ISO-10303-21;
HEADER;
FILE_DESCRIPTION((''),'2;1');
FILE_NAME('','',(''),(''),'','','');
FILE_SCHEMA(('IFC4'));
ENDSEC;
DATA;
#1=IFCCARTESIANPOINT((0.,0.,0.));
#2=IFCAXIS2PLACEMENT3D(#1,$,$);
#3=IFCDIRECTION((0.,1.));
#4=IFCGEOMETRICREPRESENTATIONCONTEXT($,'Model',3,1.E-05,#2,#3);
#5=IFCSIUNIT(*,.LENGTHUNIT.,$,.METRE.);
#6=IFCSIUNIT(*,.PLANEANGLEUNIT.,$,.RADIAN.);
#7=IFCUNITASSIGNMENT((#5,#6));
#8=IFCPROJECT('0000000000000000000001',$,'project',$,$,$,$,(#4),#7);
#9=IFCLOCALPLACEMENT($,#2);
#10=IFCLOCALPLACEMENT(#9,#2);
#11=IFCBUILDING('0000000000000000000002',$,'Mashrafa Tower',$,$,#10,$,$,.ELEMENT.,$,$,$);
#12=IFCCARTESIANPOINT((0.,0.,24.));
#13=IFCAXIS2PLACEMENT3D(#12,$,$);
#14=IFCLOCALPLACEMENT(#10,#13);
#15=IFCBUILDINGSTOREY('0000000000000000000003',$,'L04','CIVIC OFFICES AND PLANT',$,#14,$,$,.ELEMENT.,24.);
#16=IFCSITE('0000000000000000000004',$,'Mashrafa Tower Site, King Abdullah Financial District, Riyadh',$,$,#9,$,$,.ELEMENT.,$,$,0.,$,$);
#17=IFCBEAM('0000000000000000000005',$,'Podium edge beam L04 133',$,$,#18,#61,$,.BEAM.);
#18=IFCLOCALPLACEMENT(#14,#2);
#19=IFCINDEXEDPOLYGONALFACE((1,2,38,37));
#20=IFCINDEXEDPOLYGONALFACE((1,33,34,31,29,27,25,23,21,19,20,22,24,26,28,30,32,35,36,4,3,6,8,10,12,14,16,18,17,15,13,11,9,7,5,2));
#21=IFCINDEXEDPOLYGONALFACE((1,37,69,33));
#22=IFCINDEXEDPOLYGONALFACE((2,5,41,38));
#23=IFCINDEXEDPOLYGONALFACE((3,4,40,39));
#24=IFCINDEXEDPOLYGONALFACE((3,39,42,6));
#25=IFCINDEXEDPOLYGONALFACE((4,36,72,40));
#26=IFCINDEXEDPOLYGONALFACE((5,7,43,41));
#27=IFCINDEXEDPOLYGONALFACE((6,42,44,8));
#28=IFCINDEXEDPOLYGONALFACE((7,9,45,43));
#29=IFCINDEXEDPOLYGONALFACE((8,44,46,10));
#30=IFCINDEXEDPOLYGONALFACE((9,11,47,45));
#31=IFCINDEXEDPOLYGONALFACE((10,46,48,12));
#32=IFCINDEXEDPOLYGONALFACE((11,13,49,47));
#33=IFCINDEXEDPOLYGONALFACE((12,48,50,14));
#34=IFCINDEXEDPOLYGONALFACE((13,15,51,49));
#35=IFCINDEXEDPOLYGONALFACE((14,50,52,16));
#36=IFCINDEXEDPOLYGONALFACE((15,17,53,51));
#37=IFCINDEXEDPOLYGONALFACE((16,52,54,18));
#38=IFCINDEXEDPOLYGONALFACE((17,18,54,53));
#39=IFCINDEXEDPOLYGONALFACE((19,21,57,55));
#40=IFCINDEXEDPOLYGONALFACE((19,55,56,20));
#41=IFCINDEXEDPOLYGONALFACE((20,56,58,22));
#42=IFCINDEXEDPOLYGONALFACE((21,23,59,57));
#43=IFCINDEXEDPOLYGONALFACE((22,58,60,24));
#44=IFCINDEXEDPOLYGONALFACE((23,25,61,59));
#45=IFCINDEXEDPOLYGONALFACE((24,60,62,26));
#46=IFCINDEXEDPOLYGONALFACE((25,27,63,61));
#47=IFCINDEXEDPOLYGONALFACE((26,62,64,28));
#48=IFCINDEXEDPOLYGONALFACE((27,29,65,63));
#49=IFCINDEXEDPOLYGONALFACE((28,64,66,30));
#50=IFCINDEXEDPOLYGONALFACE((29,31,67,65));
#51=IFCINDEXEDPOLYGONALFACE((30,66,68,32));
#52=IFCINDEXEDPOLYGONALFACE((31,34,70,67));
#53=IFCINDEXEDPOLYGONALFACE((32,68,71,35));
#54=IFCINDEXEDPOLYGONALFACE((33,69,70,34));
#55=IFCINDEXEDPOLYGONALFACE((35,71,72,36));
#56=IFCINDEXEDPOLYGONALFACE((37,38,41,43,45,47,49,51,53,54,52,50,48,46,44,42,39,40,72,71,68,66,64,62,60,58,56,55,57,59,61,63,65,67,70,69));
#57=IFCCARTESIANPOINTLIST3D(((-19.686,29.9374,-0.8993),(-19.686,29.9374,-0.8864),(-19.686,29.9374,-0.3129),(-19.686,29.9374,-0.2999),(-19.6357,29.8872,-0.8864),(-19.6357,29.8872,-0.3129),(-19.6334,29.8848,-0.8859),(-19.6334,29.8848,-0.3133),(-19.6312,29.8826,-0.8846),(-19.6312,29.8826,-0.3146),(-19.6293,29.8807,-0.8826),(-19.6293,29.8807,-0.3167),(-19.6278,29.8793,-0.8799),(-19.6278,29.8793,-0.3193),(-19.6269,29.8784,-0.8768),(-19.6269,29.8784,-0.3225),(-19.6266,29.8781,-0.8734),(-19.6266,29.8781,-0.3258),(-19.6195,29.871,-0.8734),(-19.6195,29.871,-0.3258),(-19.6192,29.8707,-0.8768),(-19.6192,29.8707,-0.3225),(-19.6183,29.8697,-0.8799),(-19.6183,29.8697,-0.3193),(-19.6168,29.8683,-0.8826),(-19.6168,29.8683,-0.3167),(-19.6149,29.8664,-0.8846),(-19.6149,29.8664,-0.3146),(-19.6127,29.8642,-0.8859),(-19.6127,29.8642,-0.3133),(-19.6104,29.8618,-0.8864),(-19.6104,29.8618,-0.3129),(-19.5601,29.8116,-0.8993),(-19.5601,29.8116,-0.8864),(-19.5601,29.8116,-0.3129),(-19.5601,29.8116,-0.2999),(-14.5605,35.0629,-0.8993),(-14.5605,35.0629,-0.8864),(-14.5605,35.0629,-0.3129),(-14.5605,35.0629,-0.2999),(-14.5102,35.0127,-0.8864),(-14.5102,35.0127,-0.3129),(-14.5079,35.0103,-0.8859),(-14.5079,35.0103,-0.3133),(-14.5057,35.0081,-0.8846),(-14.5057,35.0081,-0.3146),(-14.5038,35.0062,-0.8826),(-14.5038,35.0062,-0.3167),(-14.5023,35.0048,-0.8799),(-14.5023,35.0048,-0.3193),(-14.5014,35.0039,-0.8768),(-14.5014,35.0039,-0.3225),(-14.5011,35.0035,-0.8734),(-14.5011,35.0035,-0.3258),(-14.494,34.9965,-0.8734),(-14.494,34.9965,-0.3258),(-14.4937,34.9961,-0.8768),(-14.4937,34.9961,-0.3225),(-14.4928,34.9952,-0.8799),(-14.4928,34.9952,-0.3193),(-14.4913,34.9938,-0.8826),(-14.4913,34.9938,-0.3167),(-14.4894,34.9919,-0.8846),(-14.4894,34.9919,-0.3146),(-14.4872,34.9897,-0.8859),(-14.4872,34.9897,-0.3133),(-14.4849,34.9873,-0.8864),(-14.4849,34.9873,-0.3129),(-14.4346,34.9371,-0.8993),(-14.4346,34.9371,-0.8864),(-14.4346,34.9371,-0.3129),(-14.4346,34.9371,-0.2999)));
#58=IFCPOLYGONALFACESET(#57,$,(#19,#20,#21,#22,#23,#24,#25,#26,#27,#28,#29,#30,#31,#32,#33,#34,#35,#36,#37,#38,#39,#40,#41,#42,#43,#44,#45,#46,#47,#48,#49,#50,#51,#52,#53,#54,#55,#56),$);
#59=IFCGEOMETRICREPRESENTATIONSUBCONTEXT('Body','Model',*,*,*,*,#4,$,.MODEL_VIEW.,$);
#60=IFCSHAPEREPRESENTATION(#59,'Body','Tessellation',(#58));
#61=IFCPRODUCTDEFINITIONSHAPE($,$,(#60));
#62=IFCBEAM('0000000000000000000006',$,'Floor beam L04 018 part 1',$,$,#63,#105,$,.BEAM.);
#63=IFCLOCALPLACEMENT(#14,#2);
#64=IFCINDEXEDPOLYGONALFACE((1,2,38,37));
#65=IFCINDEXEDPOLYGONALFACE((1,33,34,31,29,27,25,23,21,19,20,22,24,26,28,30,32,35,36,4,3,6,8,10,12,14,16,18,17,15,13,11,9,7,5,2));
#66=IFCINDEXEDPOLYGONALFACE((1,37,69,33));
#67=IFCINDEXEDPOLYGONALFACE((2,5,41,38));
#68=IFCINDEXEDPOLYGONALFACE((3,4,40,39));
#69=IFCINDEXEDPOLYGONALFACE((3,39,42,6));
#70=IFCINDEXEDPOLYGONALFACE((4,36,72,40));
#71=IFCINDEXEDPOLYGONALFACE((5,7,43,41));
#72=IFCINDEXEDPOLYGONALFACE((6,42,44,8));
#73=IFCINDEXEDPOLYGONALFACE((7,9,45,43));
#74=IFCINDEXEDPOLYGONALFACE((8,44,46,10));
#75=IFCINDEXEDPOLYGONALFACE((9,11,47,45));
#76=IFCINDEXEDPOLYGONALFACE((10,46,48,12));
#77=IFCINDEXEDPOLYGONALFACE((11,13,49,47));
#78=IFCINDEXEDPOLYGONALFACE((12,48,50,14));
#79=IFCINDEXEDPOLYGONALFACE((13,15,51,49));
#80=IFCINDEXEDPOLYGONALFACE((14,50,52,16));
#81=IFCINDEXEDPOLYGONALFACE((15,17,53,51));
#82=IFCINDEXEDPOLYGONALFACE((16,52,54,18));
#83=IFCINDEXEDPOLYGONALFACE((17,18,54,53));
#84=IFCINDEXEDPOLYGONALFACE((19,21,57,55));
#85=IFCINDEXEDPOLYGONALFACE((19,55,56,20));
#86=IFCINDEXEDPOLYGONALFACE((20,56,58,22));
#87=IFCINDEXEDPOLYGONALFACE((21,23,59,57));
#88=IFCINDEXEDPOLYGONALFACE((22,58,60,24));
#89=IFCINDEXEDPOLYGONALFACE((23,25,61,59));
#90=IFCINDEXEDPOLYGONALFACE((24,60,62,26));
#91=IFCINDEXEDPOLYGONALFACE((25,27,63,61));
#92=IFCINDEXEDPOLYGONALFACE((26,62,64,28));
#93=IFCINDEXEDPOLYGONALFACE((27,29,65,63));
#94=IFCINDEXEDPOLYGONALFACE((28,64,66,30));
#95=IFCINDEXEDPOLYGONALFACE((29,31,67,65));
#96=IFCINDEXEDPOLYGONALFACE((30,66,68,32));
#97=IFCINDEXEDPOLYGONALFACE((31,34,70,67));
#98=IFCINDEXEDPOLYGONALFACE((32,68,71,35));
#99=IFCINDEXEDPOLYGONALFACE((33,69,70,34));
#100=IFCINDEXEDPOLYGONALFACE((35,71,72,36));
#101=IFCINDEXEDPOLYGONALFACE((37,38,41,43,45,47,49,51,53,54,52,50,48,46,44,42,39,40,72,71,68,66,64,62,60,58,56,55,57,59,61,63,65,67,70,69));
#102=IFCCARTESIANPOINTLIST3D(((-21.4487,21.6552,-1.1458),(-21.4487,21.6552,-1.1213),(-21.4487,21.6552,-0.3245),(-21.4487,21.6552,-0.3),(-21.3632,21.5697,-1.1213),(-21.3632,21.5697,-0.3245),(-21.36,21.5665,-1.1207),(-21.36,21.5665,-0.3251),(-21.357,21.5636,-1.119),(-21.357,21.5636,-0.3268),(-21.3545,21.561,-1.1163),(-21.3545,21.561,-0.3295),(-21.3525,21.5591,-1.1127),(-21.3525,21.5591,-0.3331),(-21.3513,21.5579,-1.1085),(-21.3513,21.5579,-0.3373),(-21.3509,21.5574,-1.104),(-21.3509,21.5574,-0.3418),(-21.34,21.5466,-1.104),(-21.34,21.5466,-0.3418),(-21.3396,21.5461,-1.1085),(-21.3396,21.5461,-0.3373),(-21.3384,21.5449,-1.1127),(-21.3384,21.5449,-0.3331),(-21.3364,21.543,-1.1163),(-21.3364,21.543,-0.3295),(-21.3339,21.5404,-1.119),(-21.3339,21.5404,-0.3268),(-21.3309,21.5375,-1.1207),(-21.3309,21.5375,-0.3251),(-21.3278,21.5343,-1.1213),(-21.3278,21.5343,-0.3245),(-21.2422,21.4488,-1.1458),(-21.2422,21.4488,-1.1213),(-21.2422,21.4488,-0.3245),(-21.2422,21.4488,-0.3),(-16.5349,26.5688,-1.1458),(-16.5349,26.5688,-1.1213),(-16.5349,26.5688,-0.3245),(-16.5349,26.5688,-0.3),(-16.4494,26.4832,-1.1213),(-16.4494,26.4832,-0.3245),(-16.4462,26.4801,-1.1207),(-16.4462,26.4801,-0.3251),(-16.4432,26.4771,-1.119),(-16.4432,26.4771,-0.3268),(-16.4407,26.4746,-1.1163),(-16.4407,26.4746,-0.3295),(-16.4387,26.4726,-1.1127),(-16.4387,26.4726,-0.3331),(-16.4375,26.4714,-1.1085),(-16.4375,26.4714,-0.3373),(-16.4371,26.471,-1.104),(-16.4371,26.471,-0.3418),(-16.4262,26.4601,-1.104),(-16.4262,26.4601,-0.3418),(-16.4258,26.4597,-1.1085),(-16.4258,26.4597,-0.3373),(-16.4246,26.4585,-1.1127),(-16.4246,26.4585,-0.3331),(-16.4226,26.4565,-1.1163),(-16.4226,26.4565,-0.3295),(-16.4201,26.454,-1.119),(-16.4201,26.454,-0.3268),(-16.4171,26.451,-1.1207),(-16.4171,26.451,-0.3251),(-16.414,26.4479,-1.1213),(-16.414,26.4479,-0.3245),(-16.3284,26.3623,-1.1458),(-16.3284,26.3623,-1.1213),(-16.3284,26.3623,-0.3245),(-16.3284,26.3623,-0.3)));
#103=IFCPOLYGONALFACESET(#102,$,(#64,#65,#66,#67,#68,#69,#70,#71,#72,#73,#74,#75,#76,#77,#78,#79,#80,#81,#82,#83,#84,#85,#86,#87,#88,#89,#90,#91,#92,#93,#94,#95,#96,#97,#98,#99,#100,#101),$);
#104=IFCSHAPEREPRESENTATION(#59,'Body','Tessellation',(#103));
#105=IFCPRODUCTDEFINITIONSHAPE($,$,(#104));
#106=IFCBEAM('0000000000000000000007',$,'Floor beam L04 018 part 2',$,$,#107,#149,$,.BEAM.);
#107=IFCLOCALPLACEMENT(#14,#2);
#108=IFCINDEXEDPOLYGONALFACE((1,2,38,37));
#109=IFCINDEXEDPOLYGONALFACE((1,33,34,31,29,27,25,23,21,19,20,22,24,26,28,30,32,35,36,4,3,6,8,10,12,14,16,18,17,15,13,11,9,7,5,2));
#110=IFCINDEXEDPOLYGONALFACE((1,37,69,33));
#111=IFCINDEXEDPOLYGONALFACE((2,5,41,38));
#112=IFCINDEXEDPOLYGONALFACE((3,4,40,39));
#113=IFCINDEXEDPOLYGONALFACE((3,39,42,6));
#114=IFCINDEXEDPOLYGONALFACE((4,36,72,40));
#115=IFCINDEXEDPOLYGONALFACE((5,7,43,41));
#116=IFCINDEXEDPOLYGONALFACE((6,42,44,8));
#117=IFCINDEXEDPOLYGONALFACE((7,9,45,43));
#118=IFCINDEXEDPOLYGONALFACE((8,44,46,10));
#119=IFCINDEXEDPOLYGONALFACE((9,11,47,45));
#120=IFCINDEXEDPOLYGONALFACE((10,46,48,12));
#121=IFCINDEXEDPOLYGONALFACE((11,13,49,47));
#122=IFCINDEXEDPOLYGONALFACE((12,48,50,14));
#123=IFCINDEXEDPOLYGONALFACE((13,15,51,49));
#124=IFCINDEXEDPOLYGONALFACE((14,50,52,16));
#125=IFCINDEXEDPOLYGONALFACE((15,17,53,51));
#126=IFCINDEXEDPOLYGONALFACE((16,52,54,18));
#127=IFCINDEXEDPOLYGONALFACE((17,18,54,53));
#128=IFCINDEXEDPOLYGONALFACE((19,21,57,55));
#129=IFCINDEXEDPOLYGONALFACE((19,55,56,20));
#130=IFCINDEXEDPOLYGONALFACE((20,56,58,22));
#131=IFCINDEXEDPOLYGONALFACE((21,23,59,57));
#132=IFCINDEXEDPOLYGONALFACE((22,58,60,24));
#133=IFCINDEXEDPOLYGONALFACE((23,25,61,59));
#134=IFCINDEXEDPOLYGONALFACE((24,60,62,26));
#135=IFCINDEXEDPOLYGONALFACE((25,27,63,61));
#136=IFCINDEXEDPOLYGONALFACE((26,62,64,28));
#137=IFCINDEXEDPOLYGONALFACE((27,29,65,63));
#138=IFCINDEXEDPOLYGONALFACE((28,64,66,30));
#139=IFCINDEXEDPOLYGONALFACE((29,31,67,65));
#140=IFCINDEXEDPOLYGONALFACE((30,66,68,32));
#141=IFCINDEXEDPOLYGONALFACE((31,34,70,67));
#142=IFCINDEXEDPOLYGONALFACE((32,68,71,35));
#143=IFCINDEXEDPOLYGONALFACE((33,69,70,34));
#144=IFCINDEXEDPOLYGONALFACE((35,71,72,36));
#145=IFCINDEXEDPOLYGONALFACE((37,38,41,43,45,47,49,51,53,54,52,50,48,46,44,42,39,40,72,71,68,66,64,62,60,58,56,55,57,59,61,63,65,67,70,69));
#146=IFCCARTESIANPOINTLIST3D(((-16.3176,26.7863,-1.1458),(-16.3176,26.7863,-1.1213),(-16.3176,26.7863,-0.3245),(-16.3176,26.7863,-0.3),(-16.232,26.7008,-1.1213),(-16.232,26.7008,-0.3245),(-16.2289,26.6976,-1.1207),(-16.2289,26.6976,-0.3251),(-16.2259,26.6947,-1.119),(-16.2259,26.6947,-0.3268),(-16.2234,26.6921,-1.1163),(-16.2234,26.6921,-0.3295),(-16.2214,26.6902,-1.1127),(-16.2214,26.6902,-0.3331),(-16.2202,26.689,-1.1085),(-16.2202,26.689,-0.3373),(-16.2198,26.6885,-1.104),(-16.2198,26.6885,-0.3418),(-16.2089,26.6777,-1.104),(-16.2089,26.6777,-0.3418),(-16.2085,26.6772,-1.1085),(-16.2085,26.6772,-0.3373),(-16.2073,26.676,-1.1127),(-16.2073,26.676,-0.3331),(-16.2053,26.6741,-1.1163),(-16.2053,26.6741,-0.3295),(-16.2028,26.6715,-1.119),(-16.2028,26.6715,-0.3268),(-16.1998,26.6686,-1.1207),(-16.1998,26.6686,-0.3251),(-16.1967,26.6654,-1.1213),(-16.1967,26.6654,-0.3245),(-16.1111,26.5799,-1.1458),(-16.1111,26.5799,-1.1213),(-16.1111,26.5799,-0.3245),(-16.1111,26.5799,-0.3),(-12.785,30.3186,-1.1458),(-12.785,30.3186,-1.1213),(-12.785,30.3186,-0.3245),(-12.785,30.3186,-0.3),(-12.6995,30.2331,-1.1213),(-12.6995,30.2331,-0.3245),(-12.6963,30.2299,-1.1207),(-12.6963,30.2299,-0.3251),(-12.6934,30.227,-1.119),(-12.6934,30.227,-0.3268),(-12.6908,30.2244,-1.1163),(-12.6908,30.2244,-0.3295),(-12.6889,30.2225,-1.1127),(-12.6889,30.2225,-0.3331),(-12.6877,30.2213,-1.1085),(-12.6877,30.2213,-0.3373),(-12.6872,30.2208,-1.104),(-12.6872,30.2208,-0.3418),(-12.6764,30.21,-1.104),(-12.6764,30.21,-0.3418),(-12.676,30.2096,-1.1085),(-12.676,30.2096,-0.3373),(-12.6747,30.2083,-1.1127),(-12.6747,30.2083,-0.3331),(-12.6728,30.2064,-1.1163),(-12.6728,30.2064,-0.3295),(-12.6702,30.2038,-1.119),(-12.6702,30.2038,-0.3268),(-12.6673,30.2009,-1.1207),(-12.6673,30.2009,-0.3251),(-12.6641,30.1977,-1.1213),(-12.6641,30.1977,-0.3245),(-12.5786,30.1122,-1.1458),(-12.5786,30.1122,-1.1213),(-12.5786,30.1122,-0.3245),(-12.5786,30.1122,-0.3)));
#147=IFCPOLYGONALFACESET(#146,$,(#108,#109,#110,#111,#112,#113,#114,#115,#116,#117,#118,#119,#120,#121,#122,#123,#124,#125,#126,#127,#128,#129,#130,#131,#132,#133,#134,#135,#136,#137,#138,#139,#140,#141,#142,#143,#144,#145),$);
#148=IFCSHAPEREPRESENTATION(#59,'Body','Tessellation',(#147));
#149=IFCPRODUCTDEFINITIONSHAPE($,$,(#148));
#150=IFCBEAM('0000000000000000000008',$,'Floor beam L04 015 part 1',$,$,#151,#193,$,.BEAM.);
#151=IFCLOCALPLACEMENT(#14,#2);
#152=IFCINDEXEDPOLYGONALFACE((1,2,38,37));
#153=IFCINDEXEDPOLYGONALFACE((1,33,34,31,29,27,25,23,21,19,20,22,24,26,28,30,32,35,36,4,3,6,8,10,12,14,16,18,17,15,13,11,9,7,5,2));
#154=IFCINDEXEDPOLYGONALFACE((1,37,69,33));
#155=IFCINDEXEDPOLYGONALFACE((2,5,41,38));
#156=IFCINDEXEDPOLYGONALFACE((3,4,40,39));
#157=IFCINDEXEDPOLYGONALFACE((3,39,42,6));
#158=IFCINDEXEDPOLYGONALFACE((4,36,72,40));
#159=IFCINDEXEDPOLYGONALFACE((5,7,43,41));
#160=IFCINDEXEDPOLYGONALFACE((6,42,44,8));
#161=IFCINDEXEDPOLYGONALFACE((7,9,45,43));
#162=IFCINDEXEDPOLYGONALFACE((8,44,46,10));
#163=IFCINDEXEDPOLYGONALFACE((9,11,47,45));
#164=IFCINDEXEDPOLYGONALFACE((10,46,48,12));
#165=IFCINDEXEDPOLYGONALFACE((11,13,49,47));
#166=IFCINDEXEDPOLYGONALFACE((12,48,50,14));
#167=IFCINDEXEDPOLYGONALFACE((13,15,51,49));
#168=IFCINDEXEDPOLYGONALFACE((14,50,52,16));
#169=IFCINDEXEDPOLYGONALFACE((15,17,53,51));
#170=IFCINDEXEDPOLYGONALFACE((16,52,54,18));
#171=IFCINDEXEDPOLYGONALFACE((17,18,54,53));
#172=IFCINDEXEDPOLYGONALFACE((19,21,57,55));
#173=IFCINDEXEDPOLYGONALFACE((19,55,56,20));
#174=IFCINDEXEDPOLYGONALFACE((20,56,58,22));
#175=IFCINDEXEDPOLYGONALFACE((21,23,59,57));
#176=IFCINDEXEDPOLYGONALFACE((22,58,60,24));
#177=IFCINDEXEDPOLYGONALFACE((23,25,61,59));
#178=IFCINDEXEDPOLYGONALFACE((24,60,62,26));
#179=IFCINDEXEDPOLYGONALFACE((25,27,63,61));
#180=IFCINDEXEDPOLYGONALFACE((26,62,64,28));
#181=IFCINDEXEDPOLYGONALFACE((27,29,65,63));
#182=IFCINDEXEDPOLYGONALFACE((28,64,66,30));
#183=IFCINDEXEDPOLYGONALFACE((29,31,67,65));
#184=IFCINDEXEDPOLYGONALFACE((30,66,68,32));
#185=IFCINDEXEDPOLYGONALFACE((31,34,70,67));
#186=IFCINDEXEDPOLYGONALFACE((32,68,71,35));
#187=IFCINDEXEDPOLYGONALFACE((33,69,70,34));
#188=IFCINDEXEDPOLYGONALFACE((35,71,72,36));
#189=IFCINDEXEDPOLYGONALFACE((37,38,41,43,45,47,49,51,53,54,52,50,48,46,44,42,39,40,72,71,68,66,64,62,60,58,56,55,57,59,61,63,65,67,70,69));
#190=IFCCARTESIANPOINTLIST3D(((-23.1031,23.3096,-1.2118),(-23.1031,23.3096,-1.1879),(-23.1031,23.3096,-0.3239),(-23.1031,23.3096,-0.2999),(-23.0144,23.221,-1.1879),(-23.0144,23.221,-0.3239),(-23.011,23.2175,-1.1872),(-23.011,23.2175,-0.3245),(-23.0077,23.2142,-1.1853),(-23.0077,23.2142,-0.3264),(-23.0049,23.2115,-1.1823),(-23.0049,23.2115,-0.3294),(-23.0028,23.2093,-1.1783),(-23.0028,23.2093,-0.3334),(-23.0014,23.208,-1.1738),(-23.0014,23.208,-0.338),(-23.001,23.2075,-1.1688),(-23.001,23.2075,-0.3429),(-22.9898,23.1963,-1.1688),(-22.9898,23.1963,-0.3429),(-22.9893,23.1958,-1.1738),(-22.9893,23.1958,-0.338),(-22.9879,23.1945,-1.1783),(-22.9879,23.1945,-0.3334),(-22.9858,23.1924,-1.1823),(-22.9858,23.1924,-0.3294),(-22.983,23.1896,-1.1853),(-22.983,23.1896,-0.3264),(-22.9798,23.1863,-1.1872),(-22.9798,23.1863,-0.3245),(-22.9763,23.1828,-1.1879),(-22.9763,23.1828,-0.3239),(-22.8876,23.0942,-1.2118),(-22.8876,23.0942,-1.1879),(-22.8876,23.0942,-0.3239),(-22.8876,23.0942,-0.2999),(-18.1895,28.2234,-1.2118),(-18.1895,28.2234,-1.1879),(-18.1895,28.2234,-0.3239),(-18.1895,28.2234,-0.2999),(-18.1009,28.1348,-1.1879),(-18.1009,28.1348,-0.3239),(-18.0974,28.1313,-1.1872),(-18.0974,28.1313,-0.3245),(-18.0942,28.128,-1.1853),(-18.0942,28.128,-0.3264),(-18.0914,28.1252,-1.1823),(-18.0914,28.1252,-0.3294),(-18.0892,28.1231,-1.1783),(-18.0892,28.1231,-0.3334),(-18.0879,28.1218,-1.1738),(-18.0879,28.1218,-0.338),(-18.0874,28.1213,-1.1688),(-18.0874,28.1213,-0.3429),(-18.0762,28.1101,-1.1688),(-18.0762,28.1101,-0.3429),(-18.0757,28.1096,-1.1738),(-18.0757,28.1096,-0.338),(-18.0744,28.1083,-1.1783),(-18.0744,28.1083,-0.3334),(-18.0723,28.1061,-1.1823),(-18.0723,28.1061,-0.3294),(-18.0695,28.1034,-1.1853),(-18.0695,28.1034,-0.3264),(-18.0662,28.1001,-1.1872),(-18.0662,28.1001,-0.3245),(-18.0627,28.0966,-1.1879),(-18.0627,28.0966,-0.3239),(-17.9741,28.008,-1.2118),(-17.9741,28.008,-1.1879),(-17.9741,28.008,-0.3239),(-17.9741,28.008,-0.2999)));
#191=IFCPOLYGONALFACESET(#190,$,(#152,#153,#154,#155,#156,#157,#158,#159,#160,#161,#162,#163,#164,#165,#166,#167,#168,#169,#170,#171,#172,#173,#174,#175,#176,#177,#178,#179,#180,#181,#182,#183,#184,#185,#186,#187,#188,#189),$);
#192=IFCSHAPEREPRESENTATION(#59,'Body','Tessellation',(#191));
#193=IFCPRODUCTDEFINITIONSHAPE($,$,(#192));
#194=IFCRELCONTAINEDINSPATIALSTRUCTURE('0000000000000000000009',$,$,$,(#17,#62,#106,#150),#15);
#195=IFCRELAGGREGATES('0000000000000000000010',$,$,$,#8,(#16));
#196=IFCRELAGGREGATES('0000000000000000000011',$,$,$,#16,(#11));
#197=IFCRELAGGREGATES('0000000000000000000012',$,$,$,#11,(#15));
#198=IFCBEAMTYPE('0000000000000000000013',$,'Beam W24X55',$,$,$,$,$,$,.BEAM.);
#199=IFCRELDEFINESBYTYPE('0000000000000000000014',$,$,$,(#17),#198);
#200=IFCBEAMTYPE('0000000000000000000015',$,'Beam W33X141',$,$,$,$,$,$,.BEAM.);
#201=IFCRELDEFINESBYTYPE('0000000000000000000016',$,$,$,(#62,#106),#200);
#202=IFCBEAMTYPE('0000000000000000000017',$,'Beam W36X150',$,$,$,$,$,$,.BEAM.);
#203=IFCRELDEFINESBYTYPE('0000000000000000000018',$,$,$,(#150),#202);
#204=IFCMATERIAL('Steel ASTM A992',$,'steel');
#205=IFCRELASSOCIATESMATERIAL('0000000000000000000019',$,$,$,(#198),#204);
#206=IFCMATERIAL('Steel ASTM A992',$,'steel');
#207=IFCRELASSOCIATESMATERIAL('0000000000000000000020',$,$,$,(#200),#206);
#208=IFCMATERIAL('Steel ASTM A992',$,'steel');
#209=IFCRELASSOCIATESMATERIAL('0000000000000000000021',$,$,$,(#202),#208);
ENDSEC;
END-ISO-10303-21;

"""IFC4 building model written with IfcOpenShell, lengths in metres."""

from ifc_helpers import new_model, si_unit, direction, frame, origin, origin_2d, place, context, subcontext, project, spatial, i_section, extrude, material, material_profile, profile_set, type_object, element, save


model = new_model("IFC4")

# Units and contexts
model_context = context("Model", 3, precision=1e-05, world=origin(), true_north=direction((0.0, 1.0)))
body_context = subcontext(model_context, "Body", "Model", "MODEL_VIEW")
ifc_project = project(units=[si_unit("LENGTHUNIT", "METRE"), si_unit("PLANEANGLEUNIT", "RADIAN")], contexts=[model_context])

# Site, building, storey
site_placement = place(None, origin())
site = spatial("IfcSite", under=ifc_project, at=site_placement, Name="Mashrafa Tower Site, King Abdullah Financial District, Riyadh", CompositionType="ELEMENT", RefElevation=0.0)
building_placement = place(site_placement, origin())
building = spatial("IfcBuilding", under=site, at=building_placement, Name="Mashrafa Tower", CompositionType="ELEMENT")
storey_placement = place(building_placement, frame((0.0, 0.0, 24.0)))
storey = spatial("IfcBuildingStorey", under=building, at=storey_placement, Name="L04", Description="CIVIC OFFICES AND PLANT", CompositionType="ELEMENT", Elevation=24.0)

# Beams
ifc_material_1 = material(Name="Steel ASTM A992", Category="steel")
ifc_material_profile_1 = material_profile(ifc_material_1, i_section(OverallWidth=0.178, OverallDepth=0.5994, WebThickness=0.01, FlangeThickness=0.0129, FilletRadius=0.0129, at=origin_2d()), Name="W24X55")
ifc_profile_set_1 = profile_set([ifc_material_profile_1], Name="Steel ASTM A992")
beam_type_1 = type_object("IfcBeamType", Name="Beam W24X55", PredefinedType="BEAM", material=ifc_profile_set_1)
beam_1_placement = place(storey_placement, frame((-14.4976, 35.0, -0.5996), z_axis=(-0.707107, -0.707107, 0.0), x_axis=(0.707107, -0.707107, 0.0)))
element("IfcBeam", 1, at=beam_1_placement, inside=storey, type_object=beam_type_1, Name="Podium edge beam L04 133", PredefinedType="BEAM", context=body_context, shape_type="SweptSolid", body=[
    extrude(i_section(OverallWidth=0.178, OverallDepth=0.5994, WebThickness=0.01, FlangeThickness=0.0129, FilletRadius=0.0129, at=origin_2d()), origin(), (0.0, 0.0, 1.0), 7.2485),
])
ifc_material_2 = material(Name="Steel ASTM A992", Category="steel")
ifc_material_profile_2 = material_profile(ifc_material_2, i_section(OverallWidth=0.292, OverallDepth=0.8457, WebThickness=0.0154, FlangeThickness=0.0244, FilletRadius=0.0173, at=origin_2d()), Name="W33X141")
ifc_profile_set_2 = profile_set([ifc_material_profile_2], Name="Steel ASTM A992")
beam_type_2 = type_object("IfcBeamType", Name="Beam W33X141", PredefinedType="BEAM", material=ifc_profile_set_2)
beam_2_placement = place(storey_placement, frame((-21.3455, 21.552, -0.7229), z_axis=(0.707124, 0.707089, 0.0), x_axis=(-0.707089, 0.707124, 0.0)))
element("IfcBeam", 2, at=beam_2_placement, inside=storey, type_object=beam_type_2, Name="Floor beam L04 018 part 1", PredefinedType="BEAM", context=body_context, shape_type="SweptSolid", body=[
    extrude(i_section(OverallWidth=0.292, OverallDepth=0.8457, WebThickness=0.0154, FlangeThickness=0.0244, FilletRadius=0.0173, at=origin_2d()), origin(), (0.0, 0.0, 1.0), 6.949),
])
beam_3_placement = place(storey_placement, frame((-16.2144, 26.6831, -0.7229), z_axis=(0.707131, 0.707082, 0.0), x_axis=(-0.707082, 0.707131, 0.0)))
element("IfcBeam", 3, at=beam_3_placement, inside=storey, type_object=beam_type_2, Name="Floor beam L04 018 part 2", PredefinedType="BEAM", context=body_context, shape_type="SweptSolid", body=[
    extrude(i_section(OverallWidth=0.292, OverallDepth=0.8457, WebThickness=0.0154, FlangeThickness=0.0244, FilletRadius=0.0173, at=origin_2d()), origin(), (0.0, 0.0, 1.0), 4.9956),
])
ifc_material_3 = material(Name="Steel ASTM A992", Category="steel")
ifc_material_profile_3 = material_profile(ifc_material_3, i_section(OverallWidth=0.3047, OverallDepth=0.9119, WebThickness=0.0159, FlangeThickness=0.0239, FilletRadius=0.019, at=origin_2d()), Name="W36X150")
ifc_profile_set_3 = profile_set([ifc_material_profile_3], Name="Steel ASTM A992")
beam_type_3 = type_object("IfcBeamType", Name="Beam W36X150", PredefinedType="BEAM", material=ifc_profile_set_3)
beam_4_placement = place(storey_placement, frame((-22.9954, 23.2019, -0.7559), z_axis=(0.707089, 0.707124, 0.0), x_axis=(-0.707124, 0.707089, 0.0)))
element("IfcBeam", 4, at=beam_4_placement, inside=storey, type_object=beam_type_3, Name="Floor beam L04 015 part 1", PredefinedType="BEAM", context=body_context, shape_type="SweptSolid", body=[
    extrude(i_section(OverallWidth=0.3047, OverallDepth=0.9119, WebThickness=0.0159, FlangeThickness=0.0239, FilletRadius=0.019, at=origin_2d()), origin(), (0.0, 0.0, 1.0), 6.949),
])

save(model, "model.ifc")
